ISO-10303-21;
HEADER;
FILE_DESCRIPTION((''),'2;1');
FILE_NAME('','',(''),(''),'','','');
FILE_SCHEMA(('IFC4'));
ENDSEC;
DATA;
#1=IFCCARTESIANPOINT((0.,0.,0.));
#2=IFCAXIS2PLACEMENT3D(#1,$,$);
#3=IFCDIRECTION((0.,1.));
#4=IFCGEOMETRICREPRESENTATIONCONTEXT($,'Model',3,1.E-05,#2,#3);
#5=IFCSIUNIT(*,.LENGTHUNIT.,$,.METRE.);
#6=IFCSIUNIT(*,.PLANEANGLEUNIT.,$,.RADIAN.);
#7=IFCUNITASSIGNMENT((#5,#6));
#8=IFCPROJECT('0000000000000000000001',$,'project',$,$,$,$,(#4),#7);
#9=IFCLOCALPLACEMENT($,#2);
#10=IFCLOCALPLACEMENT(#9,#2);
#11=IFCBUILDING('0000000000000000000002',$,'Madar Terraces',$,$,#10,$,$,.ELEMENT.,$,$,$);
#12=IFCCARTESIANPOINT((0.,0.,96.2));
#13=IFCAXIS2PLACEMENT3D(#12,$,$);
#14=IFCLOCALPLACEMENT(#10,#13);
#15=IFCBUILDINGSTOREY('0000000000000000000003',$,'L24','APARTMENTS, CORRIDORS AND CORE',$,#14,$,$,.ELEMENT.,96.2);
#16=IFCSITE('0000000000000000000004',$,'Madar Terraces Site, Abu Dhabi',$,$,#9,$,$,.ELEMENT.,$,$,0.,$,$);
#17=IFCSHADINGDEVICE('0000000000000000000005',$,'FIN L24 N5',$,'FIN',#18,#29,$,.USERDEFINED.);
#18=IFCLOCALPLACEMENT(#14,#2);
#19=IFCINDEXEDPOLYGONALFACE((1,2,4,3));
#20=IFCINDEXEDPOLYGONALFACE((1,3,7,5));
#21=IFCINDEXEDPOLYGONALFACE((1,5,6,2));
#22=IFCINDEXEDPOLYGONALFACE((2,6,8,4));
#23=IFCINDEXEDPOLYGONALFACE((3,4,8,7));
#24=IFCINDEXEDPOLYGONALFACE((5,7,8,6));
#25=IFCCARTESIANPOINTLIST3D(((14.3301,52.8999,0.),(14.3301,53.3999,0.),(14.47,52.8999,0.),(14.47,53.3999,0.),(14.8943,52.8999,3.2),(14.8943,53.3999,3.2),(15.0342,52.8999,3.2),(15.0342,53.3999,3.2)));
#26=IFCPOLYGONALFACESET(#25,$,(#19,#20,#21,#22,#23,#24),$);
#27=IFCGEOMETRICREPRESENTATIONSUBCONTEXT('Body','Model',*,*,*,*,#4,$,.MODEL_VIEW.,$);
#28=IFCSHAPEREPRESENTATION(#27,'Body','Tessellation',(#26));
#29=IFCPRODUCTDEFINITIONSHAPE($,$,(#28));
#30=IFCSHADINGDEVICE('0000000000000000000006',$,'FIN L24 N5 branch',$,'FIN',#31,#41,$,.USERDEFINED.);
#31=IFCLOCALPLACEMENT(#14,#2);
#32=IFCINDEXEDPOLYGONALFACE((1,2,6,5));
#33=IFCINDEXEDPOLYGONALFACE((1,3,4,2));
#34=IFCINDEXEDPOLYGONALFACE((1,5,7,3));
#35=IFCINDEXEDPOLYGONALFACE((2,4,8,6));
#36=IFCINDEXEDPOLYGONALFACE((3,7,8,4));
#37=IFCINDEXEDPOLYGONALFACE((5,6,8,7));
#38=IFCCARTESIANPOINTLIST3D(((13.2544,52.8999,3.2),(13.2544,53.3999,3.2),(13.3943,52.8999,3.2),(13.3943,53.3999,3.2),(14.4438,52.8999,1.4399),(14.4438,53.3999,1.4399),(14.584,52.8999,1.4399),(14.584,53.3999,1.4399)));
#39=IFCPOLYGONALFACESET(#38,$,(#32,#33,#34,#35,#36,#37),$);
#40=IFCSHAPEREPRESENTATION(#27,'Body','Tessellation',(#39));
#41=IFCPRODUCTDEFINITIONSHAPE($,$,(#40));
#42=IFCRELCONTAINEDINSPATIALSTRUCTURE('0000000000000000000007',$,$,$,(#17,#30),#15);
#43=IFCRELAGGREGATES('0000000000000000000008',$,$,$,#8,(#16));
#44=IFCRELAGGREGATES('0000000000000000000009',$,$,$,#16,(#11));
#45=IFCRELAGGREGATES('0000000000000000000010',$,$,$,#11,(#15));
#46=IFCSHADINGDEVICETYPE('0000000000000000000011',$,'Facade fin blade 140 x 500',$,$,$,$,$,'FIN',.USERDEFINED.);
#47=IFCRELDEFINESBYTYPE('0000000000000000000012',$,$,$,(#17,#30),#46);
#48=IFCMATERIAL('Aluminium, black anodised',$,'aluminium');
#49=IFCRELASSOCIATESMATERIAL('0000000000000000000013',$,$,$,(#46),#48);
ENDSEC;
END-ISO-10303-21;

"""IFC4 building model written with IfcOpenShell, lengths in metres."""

from ifc_helpers import new_model, si_unit, direction, frame, origin, place, context, subcontext, project, spatial, polyline, outline, extrude, material, type_object, element, save


model = new_model("IFC4")

# Units and contexts
model_context = context("Model", 3, precision=1e-05, world=origin(), true_north=direction((0.0, 1.0)))
body_context = subcontext(model_context, "Body", "Model", "MODEL_VIEW")
ifc_project = project(units=[si_unit("LENGTHUNIT", "METRE"), si_unit("PLANEANGLEUNIT", "RADIAN")], contexts=[model_context])

# Site, building, storey
site_placement = place(None, origin())
site = spatial("IfcSite", under=ifc_project, at=site_placement, Name="Madar Terraces Site, Abu Dhabi", CompositionType="ELEMENT", RefElevation=0.0)
building_placement = place(site_placement, origin())
building = spatial("IfcBuilding", under=site, at=building_placement, Name="Madar Terraces", CompositionType="ELEMENT")
storey_placement = place(building_placement, frame((0.0, 0.0, 96.2)))
storey = spatial("IfcBuildingStorey", under=building, at=storey_placement, Name="L24", Description="APARTMENTS, CORRIDORS AND CORE", CompositionType="ELEMENT", Elevation=96.2)

# Shading devices
ifc_material_1 = material(Name="Aluminium, black anodised", Category="aluminium")
shading_device_type = type_object("IfcShadingDeviceType", Name="Facade fin blade 140 x 500", ElementType="FIN", PredefinedType="USERDEFINED", material=ifc_material_1)
shading_device_1_placement = place(storey_placement, frame((14.47, 53.1499, 0.0), z_axis=(0.0, 0.0, 1.0), x_axis=(-1.0, 0.0, 0.0)))
element("IfcShadingDevice", 1, at=shading_device_1_placement, inside=storey, type_object=shading_device_type, Name="FIN L24 N5", ObjectType="FIN", PredefinedType="USERDEFINED", context=body_context, shape_type="SweptSolid", body=[
    extrude(outline(polyline([(0.0, 0.0), (0.1399, 0.0), (-0.4243, 3.2), (-0.5642, 3.2), (0.0, 0.0)])), frame((0.0, 0.25, 0.0), z_axis=(0.0, -1.0, 0.0), x_axis=(1.0, 0.0, 0.0)), (0.0, 0.0, 1.0), 0.5),
])
shading_device_2_placement = place(storey_placement, frame((14.584, 53.1499, 1.4399), z_axis=(0.0, 0.0, 1.0), x_axis=(-1.0, 0.0, 0.0)))
element("IfcShadingDevice", 2, at=shading_device_2_placement, inside=storey, type_object=shading_device_type, Name="FIN L24 N5 branch", ObjectType="FIN", PredefinedType="USERDEFINED", context=body_context, shape_type="SweptSolid", body=[
    extrude(outline(polyline([(0.0, 0.0), (0.1401, 0.0), (1.3296, 1.76), (1.1897, 1.76), (0.0, 0.0)])), frame((0.0, 0.25, 0.0), z_axis=(0.0, -1.0, 0.0), x_axis=(1.0, 0.0, 0.0)), (0.0, 0.0, 1.0), 0.5),
])

save(model, "model.ifc")
